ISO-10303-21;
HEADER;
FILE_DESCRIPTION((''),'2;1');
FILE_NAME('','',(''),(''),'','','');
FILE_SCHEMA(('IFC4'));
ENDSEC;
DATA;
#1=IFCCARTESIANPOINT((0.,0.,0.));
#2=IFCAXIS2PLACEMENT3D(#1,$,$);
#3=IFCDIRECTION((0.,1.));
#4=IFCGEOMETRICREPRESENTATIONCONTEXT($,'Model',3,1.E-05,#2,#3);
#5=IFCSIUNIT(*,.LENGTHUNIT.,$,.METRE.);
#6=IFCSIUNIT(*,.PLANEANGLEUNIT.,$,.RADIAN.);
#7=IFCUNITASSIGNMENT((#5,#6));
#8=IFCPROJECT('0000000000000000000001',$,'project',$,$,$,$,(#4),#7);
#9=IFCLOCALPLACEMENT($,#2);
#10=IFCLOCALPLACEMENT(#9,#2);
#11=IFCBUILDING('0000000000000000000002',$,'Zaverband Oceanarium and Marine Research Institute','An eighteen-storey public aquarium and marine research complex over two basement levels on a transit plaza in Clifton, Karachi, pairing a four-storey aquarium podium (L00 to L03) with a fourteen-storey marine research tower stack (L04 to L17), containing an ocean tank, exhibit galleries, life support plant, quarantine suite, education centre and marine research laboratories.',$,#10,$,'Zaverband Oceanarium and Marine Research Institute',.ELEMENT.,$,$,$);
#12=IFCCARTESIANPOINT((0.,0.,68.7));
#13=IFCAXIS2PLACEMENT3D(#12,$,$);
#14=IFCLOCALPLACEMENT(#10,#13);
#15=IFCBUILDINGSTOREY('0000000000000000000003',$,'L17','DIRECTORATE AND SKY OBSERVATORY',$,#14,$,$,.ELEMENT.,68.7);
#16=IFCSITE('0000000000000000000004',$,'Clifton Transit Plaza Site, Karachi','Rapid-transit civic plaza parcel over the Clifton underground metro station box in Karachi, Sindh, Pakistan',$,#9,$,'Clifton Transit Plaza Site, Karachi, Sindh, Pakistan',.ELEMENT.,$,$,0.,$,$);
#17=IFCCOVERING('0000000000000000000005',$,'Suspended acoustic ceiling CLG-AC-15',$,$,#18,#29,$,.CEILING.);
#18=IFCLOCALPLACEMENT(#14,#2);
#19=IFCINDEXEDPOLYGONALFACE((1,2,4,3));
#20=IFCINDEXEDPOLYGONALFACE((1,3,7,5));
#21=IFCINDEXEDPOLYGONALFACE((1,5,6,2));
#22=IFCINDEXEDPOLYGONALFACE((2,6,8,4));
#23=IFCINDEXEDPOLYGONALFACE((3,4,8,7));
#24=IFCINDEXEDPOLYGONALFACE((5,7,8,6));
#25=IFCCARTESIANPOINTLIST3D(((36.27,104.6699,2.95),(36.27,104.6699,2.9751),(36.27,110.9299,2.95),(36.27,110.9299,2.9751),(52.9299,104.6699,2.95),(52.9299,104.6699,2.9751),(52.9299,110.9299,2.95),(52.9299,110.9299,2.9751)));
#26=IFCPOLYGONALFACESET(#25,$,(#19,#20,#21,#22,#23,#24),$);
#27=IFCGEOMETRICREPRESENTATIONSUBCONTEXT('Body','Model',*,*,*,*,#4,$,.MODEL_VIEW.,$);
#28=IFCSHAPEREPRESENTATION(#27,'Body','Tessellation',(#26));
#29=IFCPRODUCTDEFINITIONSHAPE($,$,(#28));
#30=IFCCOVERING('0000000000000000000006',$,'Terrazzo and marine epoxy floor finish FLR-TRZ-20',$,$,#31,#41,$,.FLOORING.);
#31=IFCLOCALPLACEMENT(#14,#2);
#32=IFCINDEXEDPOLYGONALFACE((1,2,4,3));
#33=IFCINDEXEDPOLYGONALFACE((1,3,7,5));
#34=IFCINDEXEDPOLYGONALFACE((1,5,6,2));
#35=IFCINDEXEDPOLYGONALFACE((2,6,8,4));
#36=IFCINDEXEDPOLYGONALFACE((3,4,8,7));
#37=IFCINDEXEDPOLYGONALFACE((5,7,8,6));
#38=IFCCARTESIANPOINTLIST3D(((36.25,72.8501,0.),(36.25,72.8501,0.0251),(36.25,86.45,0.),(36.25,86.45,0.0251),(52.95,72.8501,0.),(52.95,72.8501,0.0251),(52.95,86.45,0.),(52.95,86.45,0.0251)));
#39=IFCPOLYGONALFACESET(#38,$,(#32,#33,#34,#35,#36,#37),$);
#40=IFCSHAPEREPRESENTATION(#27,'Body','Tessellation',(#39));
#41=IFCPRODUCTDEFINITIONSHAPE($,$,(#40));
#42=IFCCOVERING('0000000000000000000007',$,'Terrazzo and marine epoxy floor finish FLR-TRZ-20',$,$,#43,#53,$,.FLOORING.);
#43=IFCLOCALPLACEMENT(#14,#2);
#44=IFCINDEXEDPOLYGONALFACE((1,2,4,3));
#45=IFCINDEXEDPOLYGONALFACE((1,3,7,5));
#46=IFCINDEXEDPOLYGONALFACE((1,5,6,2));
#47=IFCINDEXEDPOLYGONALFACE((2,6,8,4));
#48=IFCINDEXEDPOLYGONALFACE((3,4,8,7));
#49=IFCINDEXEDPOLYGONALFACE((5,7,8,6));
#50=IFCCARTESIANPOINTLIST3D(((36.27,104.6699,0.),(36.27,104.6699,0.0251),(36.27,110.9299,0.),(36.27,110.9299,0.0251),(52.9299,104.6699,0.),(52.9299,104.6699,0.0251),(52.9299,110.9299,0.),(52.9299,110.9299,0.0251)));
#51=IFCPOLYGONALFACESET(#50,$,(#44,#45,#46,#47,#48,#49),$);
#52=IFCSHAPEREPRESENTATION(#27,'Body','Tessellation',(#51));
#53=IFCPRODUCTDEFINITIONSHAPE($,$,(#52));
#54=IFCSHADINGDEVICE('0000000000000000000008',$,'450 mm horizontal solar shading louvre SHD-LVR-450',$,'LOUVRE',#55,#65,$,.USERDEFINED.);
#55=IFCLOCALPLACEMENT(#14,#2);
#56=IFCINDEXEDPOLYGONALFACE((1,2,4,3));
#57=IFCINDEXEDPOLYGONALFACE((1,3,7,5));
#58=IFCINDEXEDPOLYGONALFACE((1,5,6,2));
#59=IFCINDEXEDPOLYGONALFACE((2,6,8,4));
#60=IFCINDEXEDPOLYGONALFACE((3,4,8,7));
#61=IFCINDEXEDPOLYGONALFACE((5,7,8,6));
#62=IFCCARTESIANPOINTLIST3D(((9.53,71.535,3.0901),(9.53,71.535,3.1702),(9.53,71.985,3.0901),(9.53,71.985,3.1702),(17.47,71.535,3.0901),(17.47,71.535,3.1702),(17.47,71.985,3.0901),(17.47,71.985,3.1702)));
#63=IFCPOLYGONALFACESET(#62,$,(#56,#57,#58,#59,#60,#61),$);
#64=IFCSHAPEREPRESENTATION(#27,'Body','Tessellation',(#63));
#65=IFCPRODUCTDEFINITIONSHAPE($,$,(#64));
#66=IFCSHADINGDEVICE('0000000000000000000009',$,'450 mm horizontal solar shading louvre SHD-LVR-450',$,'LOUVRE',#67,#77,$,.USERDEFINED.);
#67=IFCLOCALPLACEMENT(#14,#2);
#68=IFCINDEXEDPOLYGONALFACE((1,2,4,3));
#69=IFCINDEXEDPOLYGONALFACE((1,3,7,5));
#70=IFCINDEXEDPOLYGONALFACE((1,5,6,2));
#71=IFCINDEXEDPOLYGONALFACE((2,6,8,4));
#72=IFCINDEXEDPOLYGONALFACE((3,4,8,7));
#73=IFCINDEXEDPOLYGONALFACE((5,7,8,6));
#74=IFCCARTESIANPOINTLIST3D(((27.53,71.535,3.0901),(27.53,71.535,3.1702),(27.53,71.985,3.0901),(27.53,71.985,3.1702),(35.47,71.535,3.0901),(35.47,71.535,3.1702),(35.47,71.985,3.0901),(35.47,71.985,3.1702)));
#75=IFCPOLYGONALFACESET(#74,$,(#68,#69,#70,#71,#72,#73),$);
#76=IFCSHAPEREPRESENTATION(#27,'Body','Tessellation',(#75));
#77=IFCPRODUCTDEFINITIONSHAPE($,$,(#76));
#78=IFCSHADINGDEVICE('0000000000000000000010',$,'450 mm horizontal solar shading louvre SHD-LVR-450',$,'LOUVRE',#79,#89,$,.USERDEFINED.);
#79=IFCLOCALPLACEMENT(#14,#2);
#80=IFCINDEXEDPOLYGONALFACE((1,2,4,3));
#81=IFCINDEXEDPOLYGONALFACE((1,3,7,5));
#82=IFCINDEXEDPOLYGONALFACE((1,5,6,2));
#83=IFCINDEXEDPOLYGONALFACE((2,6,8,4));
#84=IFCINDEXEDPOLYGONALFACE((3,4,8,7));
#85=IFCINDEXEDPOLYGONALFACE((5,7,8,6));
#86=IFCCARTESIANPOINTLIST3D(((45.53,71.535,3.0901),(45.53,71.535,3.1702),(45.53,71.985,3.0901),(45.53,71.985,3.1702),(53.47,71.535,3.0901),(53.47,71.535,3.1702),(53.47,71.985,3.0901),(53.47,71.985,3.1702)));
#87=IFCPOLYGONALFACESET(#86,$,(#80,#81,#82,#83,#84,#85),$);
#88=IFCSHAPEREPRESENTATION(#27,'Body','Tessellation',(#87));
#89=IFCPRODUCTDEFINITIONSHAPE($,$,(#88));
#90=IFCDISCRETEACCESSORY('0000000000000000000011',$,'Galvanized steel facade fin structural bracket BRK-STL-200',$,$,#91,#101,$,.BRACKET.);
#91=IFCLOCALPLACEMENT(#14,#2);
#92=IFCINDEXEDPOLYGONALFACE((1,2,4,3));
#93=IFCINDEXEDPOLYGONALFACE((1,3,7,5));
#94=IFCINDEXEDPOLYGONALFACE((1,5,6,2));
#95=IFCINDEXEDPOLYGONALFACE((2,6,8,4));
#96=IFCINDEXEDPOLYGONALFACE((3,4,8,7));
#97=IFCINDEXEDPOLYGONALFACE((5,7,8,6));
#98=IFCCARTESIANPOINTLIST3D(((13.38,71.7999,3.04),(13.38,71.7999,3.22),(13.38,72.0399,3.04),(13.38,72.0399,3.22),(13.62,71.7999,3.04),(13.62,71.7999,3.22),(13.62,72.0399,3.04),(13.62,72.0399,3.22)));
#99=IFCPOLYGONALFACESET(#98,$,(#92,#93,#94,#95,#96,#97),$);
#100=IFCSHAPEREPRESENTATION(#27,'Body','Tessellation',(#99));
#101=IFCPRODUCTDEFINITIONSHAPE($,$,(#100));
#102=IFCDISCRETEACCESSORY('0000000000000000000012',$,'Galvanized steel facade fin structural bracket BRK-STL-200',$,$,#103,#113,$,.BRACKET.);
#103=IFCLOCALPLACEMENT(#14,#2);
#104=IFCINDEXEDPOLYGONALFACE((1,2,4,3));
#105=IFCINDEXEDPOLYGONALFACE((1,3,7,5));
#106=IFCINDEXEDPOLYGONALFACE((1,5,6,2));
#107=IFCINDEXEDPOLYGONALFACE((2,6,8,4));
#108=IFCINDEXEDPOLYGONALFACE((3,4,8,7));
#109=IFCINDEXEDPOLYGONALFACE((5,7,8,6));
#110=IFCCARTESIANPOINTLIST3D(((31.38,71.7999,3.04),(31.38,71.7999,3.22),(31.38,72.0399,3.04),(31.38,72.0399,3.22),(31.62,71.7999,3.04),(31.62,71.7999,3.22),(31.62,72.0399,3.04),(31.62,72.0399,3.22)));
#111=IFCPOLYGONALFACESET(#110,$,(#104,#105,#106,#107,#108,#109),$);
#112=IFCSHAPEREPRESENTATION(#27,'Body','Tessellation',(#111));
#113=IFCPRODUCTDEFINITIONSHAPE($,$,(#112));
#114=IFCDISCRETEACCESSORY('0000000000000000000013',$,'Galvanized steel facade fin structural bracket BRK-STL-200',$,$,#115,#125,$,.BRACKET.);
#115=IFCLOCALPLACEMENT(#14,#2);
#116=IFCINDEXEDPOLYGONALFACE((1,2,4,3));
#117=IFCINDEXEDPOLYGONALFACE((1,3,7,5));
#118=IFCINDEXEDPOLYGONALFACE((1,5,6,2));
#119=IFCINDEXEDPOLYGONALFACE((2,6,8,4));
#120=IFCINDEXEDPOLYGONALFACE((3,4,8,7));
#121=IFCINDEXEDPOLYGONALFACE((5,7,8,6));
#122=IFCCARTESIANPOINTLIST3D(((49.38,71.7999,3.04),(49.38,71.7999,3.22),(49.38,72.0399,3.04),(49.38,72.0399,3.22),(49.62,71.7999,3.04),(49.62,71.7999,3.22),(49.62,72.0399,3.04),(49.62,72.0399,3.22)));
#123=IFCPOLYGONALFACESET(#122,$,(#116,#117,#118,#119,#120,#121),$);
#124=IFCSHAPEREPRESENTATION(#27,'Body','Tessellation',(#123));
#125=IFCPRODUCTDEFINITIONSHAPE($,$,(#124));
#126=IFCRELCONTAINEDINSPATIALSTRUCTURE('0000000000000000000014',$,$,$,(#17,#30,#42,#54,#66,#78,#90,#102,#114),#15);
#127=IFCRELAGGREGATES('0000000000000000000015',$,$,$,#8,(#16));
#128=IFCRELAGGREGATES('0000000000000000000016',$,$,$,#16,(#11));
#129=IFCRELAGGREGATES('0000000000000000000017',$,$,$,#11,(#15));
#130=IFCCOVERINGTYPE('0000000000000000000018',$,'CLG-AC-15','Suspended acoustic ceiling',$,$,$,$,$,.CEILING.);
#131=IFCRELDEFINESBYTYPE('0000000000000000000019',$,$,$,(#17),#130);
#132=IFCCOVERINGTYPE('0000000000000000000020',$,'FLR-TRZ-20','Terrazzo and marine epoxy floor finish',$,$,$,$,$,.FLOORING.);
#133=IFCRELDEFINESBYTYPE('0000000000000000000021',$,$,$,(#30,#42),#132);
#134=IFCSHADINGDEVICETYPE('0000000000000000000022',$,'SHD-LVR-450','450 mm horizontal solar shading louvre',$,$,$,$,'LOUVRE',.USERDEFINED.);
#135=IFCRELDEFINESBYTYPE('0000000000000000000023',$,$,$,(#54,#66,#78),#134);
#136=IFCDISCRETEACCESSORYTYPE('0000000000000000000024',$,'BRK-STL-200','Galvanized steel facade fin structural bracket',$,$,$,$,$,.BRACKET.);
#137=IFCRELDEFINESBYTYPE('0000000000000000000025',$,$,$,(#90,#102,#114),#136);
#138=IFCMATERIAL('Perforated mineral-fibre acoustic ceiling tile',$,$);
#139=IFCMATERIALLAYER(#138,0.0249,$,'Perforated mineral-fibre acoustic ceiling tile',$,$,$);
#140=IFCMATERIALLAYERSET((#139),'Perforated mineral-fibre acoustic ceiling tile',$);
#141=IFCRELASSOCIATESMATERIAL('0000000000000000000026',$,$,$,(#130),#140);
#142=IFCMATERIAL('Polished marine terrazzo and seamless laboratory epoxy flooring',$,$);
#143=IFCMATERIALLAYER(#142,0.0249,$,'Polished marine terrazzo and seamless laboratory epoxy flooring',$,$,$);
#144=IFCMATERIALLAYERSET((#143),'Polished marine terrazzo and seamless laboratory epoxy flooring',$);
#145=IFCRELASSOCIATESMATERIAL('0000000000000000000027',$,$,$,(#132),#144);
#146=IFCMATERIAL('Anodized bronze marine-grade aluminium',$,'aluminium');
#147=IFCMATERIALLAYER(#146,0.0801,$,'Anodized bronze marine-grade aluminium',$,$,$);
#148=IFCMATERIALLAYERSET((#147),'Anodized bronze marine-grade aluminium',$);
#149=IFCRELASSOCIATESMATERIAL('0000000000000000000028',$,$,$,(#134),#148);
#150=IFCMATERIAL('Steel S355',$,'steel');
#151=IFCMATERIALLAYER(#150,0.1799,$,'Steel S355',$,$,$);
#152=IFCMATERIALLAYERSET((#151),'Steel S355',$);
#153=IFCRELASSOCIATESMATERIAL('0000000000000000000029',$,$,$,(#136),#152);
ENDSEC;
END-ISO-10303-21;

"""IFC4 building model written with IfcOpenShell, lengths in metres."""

from ifc_helpers import new_model, si_unit, direction, frame, frame_2d, origin, origin_2d, place, context, subcontext, project, spatial, polyline, rectangle, outline, extrude, material, layer, layer_set, type_object, element, save


model = new_model("IFC4")

# Units and contexts
model_context = context("Model", 3, precision=1e-05, world=origin(), true_north=direction((0.0, 1.0)))
body_context = subcontext(model_context, "Body", "Model", "MODEL_VIEW")
ifc_project = project(units=[si_unit("LENGTHUNIT", "METRE"), si_unit("PLANEANGLEUNIT", "RADIAN")], contexts=[model_context])

# Site, building, storey
site_placement = place(None, origin())
site = spatial("IfcSite", under=ifc_project, at=site_placement, Name="Clifton Transit Plaza Site, Karachi", Description="Rapid-transit civic plaza parcel over the Clifton underground metro station box in Karachi, Sindh, Pakistan", LongName="Clifton Transit Plaza Site, Karachi, Sindh, Pakistan", CompositionType="ELEMENT", RefElevation=0.0)
building_placement = place(site_placement, origin())
building = spatial("IfcBuilding", under=site, at=building_placement, Name="Zaverband Oceanarium and Marine Research Institute", Description="An eighteen-storey public aquarium and marine research complex over two basement levels on a transit plaza in Clifton, Karachi, pairing a four-storey aquarium podium (L00 to L03) with a fourteen-storey marine research tower stack (L04 to L17), containing an ocean tank, exhibit galleries, life support plant, quarantine suite, education centre and marine research laboratories.", LongName="Zaverband Oceanarium and Marine Research Institute", CompositionType="ELEMENT")
storey_placement = place(building_placement, frame((0.0, 0.0, 68.7)))
storey = spatial("IfcBuildingStorey", under=building, at=storey_placement, Name="L17", Description="DIRECTORATE AND SKY OBSERVATORY", CompositionType="ELEMENT", Elevation=68.7)

# Coverings
ifc_material_1 = material(Name="Perforated mineral-fibre acoustic ceiling tile")
ifc_layer_1 = layer(ifc_material_1, 0.0249, Name="Perforated mineral-fibre acoustic ceiling tile")
ifc_layer_set_1 = layer_set([ifc_layer_1], Name="Perforated mineral-fibre acoustic ceiling tile")
covering_type_1 = type_object("IfcCoveringType", Name="CLG-AC-15", Description="Suspended acoustic ceiling", PredefinedType="CEILING", material=ifc_layer_set_1)
covering_1_placement = place(storey_placement, frame((0.0, 0.0, 2.95)))
element("IfcCovering", 1, at=covering_1_placement, inside=storey, type_object=covering_type_1, Name="Suspended acoustic ceiling CLG-AC-15", PredefinedType="CEILING", context=body_context, shape_type="SweptSolid", body=[
    extrude(outline(polyline([(36.27, 104.6699), (52.9299, 104.6699), (52.9299, 110.9299), (36.27, 110.9299), (36.27, 104.6699)])), origin(), (0.0, 0.0, 1.0), 0.0251),
])
ifc_material_2 = material(Name="Polished marine terrazzo and seamless laboratory epoxy flooring")
ifc_layer_2 = layer(ifc_material_2, 0.0249, Name="Polished marine terrazzo and seamless laboratory epoxy flooring")
ifc_layer_set_2 = layer_set([ifc_layer_2], Name="Polished marine terrazzo and seamless laboratory epoxy flooring")
covering_type_2 = type_object("IfcCoveringType", Name="FLR-TRZ-20", Description="Terrazzo and marine epoxy floor finish", PredefinedType="FLOORING", material=ifc_layer_set_2)
covering_2_placement = place(storey_placement, origin())
element("IfcCovering", 2, at=covering_2_placement, inside=storey, type_object=covering_type_2, Name="Terrazzo and marine epoxy floor finish FLR-TRZ-20", PredefinedType="FLOORING", context=body_context, shape_type="SweptSolid", body=[
    extrude(outline(polyline([(36.25, 72.8501), (52.95, 72.8501), (52.95, 86.45), (36.25, 86.45), (36.25, 72.8501)])), origin(), (0.0, 0.0, 1.0), 0.0251),
])
covering_3_placement = place(storey_placement, origin())
element("IfcCovering", 3, at=covering_3_placement, inside=storey, type_object=covering_type_2, Name="Terrazzo and marine epoxy floor finish FLR-TRZ-20", PredefinedType="FLOORING", context=body_context, shape_type="SweptSolid", body=[
    extrude(outline(polyline([(36.27, 104.6699), (52.9299, 104.6699), (52.9299, 110.9299), (36.27, 110.9299), (36.27, 104.6699)])), origin(), (0.0, 0.0, 1.0), 0.0251),
])

# Shading devices
ifc_material_3 = material(Name="Anodized bronze marine-grade aluminium", Category="aluminium")
ifc_layer_3 = layer(ifc_material_3, 0.0801, Name="Anodized bronze marine-grade aluminium")
ifc_layer_set_3 = layer_set([ifc_layer_3], Name="Anodized bronze marine-grade aluminium")
shading_device_type = type_object("IfcShadingDeviceType", Name="SHD-LVR-450", Description="450 mm horizontal solar shading louvre", ElementType="LOUVRE", PredefinedType="USERDEFINED", material=ifc_layer_set_3)
for number, where, z_axis, x_axis, name in (
    (4, (9.53, 71.76, 3.0901), (0.0, 0.0, 1.0), (1.0, 0.0, 0.0), "450 mm horizontal solar shading louvre SHD-LVR-450"),
    (5, (27.53, 71.76, 3.0901), (0.0, 0.0, 1.0), (1.0, 0.0, 0.0), "450 mm horizontal solar shading louvre SHD-LVR-450"),
    (6, (45.53, 71.76, 3.0901), (0.0, 0.0, 1.0), (1.0, 0.0, 0.0), "450 mm horizontal solar shading louvre SHD-LVR-450"),
):
    element("IfcShadingDevice", number, at=place(storey_placement, frame(where, z_axis=z_axis, x_axis=x_axis)), inside=storey, type_object=shading_device_type, Name=name, ObjectType="LOUVRE", PredefinedType="USERDEFINED", context=body_context, shape_type="SweptSolid", body=[
        extrude(rectangle(XDim=7.9399, YDim=0.45, at=frame_2d((3.97, 0.0))), origin(), (0.0, 0.0, 1.0), 0.0801),
    ])

# Discrete accessories
ifc_material_4 = material(Name="Steel S355", Category="steel")
ifc_layer_4 = layer(ifc_material_4, 0.1799, Name="Steel S355")
ifc_layer_set_4 = layer_set([ifc_layer_4], Name="Steel S355")
discrete_accessory_type = type_object("IfcDiscreteAccessoryType", Name="BRK-STL-200", Description="Galvanized steel facade fin structural bracket", PredefinedType="BRACKET", material=ifc_layer_set_4)
for number, where, z_axis, x_axis, name in (
    (7, (13.5, 71.9199, 3.04), (0.0, 0.0, 1.0), (1.0, 0.0, 0.0), "Galvanized steel facade fin structural bracket BRK-STL-200"),
    (8, (31.5, 71.9199, 3.04), (0.0, 0.0, 1.0), (1.0, 0.0, 0.0), "Galvanized steel facade fin structural bracket BRK-STL-200"),
    (9, (49.5, 71.9199, 3.04), (0.0, 0.0, 1.0), (1.0, 0.0, 0.0), "Galvanized steel facade fin structural bracket BRK-STL-200"),
):
    element("IfcDiscreteAccessory", number, at=place(storey_placement, frame(where, z_axis=z_axis, x_axis=x_axis)), inside=storey, type_object=discrete_accessory_type, Name=name, PredefinedType="BRACKET", context=body_context, shape_type="SweptSolid", body=[
        extrude(rectangle(XDim=0.24, YDim=0.24, at=origin_2d()), origin(), (0.0, 0.0, 1.0), 0.1799),
    ])

save(model, "model.ifc")
